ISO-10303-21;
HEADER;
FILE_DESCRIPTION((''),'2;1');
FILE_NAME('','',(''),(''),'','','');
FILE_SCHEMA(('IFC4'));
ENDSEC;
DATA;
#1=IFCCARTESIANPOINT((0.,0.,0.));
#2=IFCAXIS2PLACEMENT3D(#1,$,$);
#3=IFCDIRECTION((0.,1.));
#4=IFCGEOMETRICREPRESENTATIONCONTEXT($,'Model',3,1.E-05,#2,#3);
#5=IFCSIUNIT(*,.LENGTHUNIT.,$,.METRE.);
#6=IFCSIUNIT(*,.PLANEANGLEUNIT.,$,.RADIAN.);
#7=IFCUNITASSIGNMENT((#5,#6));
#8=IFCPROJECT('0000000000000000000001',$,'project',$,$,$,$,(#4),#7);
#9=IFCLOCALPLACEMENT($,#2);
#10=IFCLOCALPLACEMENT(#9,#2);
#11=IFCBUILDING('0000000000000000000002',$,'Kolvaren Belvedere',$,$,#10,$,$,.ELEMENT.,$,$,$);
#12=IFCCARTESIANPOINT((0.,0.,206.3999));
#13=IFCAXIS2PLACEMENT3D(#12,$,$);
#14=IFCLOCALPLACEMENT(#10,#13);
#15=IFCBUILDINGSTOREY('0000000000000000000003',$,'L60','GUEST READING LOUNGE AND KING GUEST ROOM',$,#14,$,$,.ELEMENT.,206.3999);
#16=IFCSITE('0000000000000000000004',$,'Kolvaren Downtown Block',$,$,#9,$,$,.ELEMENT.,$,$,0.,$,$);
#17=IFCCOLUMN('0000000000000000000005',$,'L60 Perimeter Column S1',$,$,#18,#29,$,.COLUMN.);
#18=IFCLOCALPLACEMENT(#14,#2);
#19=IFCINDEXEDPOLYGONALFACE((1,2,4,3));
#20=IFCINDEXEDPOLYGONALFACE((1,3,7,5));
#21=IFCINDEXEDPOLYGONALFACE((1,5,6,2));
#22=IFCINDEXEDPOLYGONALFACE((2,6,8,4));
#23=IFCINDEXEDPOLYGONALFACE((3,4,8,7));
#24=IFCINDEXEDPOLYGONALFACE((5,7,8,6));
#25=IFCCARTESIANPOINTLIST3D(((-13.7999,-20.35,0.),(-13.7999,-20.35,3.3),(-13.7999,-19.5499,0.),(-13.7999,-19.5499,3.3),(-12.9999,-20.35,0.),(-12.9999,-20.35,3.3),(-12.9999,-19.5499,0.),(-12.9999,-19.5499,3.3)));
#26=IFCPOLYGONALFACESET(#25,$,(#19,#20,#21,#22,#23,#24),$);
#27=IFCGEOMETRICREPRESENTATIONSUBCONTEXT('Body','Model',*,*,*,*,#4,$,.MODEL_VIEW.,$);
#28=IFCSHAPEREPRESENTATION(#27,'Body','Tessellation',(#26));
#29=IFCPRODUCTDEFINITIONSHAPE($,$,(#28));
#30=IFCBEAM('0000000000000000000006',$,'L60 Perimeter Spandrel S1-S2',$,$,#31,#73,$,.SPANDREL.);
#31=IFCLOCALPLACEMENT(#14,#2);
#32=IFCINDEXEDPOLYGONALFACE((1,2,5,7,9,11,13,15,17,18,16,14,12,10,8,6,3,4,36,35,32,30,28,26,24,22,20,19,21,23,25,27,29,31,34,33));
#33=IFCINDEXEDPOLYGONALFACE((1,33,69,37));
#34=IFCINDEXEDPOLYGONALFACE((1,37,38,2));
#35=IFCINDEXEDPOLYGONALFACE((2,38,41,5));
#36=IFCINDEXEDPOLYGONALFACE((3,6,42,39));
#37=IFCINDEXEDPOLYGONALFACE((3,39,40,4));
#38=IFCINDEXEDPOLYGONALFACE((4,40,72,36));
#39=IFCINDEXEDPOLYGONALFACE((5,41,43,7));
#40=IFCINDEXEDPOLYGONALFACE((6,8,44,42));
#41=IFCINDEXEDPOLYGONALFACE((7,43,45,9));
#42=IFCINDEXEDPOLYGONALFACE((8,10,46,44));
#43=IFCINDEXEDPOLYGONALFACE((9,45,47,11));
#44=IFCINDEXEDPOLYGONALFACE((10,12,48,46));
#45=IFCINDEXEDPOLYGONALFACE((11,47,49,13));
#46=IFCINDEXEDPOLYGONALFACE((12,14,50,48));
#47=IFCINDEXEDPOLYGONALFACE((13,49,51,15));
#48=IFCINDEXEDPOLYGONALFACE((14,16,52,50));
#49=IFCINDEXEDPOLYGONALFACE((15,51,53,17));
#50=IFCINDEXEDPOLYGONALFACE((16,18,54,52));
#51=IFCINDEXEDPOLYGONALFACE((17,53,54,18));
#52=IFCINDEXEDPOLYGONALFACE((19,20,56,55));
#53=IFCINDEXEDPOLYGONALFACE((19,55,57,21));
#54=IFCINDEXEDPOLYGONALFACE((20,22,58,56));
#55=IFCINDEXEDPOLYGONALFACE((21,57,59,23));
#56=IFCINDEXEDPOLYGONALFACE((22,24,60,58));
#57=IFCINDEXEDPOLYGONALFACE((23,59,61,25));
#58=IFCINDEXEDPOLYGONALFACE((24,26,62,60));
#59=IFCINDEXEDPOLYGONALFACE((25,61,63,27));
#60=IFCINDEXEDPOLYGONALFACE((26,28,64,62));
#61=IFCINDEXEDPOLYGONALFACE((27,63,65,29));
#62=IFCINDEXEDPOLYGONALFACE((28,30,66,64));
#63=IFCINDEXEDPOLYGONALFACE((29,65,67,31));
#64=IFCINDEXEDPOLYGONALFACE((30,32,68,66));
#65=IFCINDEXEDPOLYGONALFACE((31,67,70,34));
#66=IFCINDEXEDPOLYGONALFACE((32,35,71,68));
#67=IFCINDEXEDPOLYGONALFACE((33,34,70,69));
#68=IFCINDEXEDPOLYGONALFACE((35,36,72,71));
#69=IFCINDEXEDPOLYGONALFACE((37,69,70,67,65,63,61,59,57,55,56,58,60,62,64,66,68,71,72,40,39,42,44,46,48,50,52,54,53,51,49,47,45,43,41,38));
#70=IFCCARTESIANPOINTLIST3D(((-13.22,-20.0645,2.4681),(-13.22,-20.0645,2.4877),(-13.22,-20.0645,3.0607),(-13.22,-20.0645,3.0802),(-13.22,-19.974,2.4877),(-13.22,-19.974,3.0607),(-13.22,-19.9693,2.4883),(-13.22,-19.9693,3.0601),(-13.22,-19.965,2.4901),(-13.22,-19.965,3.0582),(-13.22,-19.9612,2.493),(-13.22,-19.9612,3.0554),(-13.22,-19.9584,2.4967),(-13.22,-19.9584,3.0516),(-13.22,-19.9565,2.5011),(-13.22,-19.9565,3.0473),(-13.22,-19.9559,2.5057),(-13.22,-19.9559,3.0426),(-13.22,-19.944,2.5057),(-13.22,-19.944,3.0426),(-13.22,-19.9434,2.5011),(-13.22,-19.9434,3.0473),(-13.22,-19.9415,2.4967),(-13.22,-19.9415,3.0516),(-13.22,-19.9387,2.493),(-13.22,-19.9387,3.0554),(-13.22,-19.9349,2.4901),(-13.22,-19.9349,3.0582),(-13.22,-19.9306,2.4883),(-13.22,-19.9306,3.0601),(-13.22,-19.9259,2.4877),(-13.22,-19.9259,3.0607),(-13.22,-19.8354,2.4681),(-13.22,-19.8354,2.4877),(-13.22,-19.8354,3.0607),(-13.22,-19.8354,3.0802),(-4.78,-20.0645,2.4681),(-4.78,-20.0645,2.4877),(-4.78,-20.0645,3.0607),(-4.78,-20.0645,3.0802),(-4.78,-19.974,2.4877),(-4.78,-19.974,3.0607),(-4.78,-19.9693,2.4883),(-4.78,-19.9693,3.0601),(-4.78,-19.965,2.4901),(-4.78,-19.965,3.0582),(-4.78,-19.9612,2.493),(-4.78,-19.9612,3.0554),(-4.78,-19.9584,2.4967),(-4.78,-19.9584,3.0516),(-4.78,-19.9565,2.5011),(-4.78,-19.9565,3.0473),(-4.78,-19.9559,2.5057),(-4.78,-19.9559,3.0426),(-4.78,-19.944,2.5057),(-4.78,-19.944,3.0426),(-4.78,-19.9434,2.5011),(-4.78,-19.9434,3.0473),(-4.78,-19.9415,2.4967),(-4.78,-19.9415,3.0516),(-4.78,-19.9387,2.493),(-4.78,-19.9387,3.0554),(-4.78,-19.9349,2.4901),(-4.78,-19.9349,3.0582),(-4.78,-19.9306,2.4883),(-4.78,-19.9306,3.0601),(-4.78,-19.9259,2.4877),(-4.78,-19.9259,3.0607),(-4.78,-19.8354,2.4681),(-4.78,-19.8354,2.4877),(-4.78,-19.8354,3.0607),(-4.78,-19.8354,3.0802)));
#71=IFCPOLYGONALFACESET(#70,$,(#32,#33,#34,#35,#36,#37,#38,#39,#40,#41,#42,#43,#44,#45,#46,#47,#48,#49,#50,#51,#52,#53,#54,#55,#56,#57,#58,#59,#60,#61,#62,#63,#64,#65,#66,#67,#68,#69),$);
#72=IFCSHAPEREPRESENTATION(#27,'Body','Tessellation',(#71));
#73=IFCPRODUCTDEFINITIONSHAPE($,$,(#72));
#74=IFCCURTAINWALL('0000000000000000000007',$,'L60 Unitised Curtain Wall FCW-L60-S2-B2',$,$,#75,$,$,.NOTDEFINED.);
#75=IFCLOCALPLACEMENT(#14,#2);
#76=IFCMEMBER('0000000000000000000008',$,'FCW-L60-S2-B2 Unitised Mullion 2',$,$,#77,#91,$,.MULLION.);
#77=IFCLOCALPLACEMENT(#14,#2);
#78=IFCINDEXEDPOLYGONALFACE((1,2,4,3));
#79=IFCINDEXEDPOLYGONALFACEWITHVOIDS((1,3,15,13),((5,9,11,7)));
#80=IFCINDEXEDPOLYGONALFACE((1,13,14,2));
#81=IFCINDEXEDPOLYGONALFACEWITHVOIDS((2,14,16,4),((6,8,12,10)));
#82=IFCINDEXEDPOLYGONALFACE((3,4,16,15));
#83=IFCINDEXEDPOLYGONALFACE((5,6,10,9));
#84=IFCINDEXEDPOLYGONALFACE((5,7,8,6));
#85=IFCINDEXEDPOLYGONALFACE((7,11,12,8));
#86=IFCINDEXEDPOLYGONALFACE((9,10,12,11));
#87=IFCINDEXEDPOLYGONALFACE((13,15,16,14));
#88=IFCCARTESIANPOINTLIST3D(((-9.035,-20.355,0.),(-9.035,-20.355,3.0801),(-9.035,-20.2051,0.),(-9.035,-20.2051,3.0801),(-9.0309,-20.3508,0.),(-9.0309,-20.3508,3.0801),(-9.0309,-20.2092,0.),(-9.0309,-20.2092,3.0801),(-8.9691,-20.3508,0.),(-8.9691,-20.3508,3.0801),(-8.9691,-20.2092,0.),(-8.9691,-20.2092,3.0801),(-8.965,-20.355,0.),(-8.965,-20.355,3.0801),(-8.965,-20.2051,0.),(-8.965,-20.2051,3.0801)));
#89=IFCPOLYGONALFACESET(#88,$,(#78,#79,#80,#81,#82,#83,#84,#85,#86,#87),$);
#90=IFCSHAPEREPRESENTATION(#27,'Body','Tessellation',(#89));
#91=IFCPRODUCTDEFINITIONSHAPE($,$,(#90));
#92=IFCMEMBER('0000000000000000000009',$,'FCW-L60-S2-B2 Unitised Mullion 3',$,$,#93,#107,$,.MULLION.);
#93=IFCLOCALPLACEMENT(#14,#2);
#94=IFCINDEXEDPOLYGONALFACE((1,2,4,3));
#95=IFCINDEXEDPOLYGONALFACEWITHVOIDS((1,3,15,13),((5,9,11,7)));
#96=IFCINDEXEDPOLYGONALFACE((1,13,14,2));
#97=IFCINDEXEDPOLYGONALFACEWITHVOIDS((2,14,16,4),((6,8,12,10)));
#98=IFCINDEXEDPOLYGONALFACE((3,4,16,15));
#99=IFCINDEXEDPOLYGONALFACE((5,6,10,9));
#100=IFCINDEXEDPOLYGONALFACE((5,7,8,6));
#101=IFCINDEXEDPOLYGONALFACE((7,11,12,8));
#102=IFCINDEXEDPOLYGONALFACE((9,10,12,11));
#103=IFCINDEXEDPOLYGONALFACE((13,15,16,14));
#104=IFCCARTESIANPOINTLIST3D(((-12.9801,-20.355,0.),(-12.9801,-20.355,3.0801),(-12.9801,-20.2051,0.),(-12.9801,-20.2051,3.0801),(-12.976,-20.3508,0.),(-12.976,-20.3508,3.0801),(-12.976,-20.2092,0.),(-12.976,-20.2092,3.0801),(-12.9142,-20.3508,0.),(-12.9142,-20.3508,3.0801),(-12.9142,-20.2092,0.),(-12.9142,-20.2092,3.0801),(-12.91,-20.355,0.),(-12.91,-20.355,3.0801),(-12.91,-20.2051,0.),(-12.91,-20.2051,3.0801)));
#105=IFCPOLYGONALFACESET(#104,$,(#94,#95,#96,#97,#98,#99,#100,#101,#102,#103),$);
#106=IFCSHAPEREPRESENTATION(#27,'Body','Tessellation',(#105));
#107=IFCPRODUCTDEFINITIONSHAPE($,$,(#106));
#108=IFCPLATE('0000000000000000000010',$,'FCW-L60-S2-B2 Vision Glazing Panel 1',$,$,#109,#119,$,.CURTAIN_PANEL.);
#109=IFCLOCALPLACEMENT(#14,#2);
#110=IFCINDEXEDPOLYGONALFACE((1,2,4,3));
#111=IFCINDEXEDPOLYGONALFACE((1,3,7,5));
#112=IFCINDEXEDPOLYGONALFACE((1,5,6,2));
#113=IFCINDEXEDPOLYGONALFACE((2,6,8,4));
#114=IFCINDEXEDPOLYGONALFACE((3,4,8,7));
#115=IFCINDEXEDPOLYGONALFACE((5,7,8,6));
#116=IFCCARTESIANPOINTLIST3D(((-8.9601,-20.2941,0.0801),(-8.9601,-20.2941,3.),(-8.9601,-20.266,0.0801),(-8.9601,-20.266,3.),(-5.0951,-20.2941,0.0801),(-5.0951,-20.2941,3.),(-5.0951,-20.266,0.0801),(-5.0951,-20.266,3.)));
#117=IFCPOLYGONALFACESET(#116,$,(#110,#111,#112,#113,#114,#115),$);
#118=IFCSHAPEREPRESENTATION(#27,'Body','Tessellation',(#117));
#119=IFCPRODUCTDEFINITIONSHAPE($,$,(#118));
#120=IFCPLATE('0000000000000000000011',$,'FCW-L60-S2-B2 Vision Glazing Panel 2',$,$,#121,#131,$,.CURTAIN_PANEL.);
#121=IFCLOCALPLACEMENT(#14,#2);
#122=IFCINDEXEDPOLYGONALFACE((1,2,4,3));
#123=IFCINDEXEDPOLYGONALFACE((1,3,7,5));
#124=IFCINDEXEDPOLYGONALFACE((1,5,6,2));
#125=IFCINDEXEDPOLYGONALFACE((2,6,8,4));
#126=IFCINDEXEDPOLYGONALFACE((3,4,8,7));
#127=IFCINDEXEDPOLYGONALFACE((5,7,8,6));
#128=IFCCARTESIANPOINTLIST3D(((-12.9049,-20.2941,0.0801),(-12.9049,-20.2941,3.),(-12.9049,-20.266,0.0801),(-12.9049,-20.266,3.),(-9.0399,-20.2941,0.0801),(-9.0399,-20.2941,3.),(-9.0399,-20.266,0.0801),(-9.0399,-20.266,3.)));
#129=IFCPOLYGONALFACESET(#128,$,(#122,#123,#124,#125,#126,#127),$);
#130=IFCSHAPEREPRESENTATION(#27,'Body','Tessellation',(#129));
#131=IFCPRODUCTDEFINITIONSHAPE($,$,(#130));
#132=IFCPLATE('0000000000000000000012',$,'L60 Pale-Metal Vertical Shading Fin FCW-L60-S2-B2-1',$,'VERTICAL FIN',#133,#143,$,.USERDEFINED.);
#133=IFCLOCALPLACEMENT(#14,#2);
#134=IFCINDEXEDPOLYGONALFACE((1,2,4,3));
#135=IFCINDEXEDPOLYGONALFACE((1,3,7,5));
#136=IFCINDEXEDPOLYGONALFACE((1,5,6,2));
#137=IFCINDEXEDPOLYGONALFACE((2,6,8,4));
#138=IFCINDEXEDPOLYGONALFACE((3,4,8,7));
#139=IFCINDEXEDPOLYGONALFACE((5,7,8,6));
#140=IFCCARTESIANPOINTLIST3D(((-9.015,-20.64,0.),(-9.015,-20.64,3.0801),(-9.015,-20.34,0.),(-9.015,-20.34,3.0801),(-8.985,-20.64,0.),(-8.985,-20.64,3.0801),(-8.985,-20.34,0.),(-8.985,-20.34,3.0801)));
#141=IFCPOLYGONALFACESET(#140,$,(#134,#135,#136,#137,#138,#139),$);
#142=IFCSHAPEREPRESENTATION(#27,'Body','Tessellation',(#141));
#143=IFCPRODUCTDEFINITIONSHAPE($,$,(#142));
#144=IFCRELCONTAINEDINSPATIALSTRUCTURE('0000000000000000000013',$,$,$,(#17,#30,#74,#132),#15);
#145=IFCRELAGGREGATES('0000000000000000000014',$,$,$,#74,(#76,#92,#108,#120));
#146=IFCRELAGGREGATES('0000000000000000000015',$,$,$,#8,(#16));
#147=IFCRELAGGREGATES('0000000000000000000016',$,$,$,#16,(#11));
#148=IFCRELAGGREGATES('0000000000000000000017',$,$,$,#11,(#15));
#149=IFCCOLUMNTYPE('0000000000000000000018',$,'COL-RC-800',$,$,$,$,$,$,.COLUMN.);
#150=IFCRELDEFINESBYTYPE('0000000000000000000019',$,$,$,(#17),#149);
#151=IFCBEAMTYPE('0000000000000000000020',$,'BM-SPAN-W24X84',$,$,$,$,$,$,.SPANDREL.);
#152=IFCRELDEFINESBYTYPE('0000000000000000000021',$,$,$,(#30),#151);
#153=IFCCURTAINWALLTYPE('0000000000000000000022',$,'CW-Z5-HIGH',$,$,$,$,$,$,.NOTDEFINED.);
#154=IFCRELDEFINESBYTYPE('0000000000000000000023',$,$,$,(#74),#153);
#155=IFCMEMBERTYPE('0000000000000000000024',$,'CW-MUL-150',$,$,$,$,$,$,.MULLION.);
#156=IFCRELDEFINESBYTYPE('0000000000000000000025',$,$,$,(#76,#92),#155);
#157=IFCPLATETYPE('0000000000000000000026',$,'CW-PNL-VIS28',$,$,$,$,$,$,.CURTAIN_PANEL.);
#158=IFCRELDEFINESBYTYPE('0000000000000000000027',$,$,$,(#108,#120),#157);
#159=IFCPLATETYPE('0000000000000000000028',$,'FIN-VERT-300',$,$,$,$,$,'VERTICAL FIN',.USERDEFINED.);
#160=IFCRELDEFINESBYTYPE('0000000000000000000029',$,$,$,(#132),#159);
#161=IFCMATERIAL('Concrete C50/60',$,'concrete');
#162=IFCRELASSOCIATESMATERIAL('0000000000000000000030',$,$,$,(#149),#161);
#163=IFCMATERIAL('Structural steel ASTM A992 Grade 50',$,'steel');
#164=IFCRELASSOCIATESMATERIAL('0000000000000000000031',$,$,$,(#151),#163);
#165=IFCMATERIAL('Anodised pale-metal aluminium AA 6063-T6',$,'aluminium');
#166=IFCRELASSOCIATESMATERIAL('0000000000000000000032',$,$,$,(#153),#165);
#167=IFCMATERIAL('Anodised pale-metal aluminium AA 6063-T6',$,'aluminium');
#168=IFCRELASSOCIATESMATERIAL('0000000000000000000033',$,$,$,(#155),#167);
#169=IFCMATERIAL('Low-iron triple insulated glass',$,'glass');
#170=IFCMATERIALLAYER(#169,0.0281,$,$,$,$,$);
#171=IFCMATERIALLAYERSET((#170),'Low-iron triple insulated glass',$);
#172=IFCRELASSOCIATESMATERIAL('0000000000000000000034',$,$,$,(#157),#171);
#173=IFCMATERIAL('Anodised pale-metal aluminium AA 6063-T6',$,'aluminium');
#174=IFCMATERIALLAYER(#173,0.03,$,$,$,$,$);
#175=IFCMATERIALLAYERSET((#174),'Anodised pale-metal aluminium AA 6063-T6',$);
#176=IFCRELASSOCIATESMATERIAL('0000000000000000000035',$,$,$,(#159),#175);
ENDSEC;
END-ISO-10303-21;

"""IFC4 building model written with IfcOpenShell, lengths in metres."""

from ifc_helpers import new_model, si_unit, direction, frame, origin, origin_2d, place, context, subcontext, project, spatial, rectangle, hollow_rectangle, i_section, extrude, material, layer, layer_set, material_profile, profile_set, type_object, element, aggregate, save


model = new_model("IFC4")

# Units and contexts
model_context = context("Model", 3, precision=1e-05, world=origin(), true_north=direction((0.0, 1.0)))
body_context = subcontext(model_context, "Body", "Model", "MODEL_VIEW")
ifc_project = project(units=[si_unit("LENGTHUNIT", "METRE"), si_unit("PLANEANGLEUNIT", "RADIAN")], contexts=[model_context])

# Site, building, storey
site_placement = place(None, origin())
site = spatial("IfcSite", under=ifc_project, at=site_placement, Name="Kolvaren Downtown Block", CompositionType="ELEMENT", RefElevation=0.0)
building_placement = place(site_placement, origin())
building = spatial("IfcBuilding", under=site, at=building_placement, Name="Kolvaren Belvedere", CompositionType="ELEMENT")
storey_placement = place(building_placement, frame((0.0, 0.0, 206.3999)))
storey = spatial("IfcBuildingStorey", under=building, at=storey_placement, Name="L60", Description="GUEST READING LOUNGE AND KING GUEST ROOM", CompositionType="ELEMENT", Elevation=206.3999)

# Column
ifc_material_1 = material(Name="Concrete C50/60", Category="concrete")
ifc_material_profile_1 = material_profile(ifc_material_1, rectangle(XDim=0.8, YDim=0.8, at=origin_2d()), Name="RC 800X800")
ifc_profile_set_1 = profile_set([ifc_material_profile_1], Name="Concrete C50/60")
column_type = type_object("IfcColumnType", Name="COL-RC-800", PredefinedType="COLUMN", material=ifc_profile_set_1)
column_placement = place(storey_placement, frame((-13.3999, -19.95, 0.0), z_axis=(0.0, 0.0, 1.0), x_axis=(1.0, 0.0, 0.0)))
element("IfcColumn", 1, at=column_placement, inside=storey, type_object=column_type, Name="L60 Perimeter Column S1", PredefinedType="COLUMN", context=body_context, shape_type="SweptSolid", body=[
    extrude(rectangle(XDim=0.8, YDim=0.8, at=origin_2d()), origin(), (0.0, 0.0, 1.0), 3.3),
])

# Beam
ifc_material_2 = material(Name="Structural steel ASTM A992 Grade 50", Category="steel")
ifc_material_profile_2 = material_profile(ifc_material_2, i_section(OverallWidth=0.229, OverallDepth=0.6121, WebThickness=0.012, FlangeThickness=0.0195, FilletRadius=0.0181, at=origin_2d()), Name="W24X84")
ifc_profile_set_2 = profile_set([ifc_material_profile_2], Name="Structural steel ASTM A992 Grade 50")
beam_type = type_object("IfcBeamType", Name="BM-SPAN-W24X84", PredefinedType="SPANDREL", material=ifc_profile_set_2)
beam_placement = place(storey_placement, frame((-13.22, -19.95, 2.7742), z_axis=(1.0, 0.0, 0.0), x_axis=(0.0, 1.0, 0.0)))
element("IfcBeam", 2, at=beam_placement, inside=storey, type_object=beam_type, Name="L60 Perimeter Spandrel S1-S2", PredefinedType="SPANDREL", context=body_context, shape_type="SweptSolid", body=[
    extrude(i_section(OverallWidth=0.229, OverallDepth=0.6121, WebThickness=0.012, FlangeThickness=0.0195, FilletRadius=0.0181, at=origin_2d()), origin(), (0.0, 0.0, 1.0), 8.4399),
])

# Curtain wall, members, plates
ifc_material_3 = material(Name="Anodised pale-metal aluminium AA 6063-T6", Category="aluminium")
curtain_wall_type = type_object("IfcCurtainWallType", Name="CW-Z5-HIGH", PredefinedType="NOTDEFINED", material=ifc_material_3)
curtain_wall_placement = place(storey_placement, origin())
curtain_wall = element("IfcCurtainWall", 3, at=curtain_wall_placement, inside=storey, type_object=curtain_wall_type, Name="L60 Unitised Curtain Wall FCW-L60-S2-B2", PredefinedType="NOTDEFINED")
ifc_material_4 = material(Name="Anodised pale-metal aluminium AA 6063-T6", Category="aluminium")
ifc_material_profile_3 = material_profile(ifc_material_4, hollow_rectangle(XDim=0.0701, YDim=0.1499, WallThickness=0.0042, at=origin_2d()), Name="ALU-MUL-150X70")
ifc_profile_set_3 = profile_set([ifc_material_profile_3], Name="Anodised pale-metal aluminium AA 6063-T6")
member_type = type_object("IfcMemberType", Name="CW-MUL-150", PredefinedType="MULLION", material=ifc_profile_set_3)
member_1_placement = place(storey_placement, frame((-9.0, -20.28, 0.0), z_axis=(0.0, 0.0, 1.0), x_axis=(1.0, 0.0, 0.0)))
member_1 = element("IfcMember", 4, at=member_1_placement, type_object=member_type, Name="FCW-L60-S2-B2 Unitised Mullion 2", PredefinedType="MULLION", context=body_context, shape_type="SweptSolid", body=[
    extrude(hollow_rectangle(XDim=0.0701, YDim=0.1499, WallThickness=0.0042, at=origin_2d()), origin(), (0.0, 0.0, 1.0), 3.0801),
])
member_2_placement = place(storey_placement, frame((-12.9451, -20.28, 0.0), z_axis=(0.0, 0.0, 1.0), x_axis=(1.0, 0.0, 0.0)))
member_2 = element("IfcMember", 5, at=member_2_placement, type_object=member_type, Name="FCW-L60-S2-B2 Unitised Mullion 3", PredefinedType="MULLION", context=body_context, shape_type="SweptSolid", body=[
    extrude(hollow_rectangle(XDim=0.0701, YDim=0.1499, WallThickness=0.0042, at=origin_2d()), origin(), (0.0, 0.0, 1.0), 3.0801),
])
ifc_material_5 = material(Name="Low-iron triple insulated glass", Category="glass")
ifc_layer_1 = layer(ifc_material_5, 0.0281)
ifc_layer_set_1 = layer_set([ifc_layer_1], Name="Low-iron triple insulated glass")
plate_type_1 = type_object("IfcPlateType", Name="CW-PNL-VIS28", PredefinedType="CURTAIN_PANEL", material=ifc_layer_set_1)
plate_1_placement = place(storey_placement, frame((-7.0276, -20.28, 0.0801), z_axis=(0.0, 0.0, 1.0), x_axis=(-1.0, 0.0, 0.0)))
plate_1 = element("IfcPlate", 6, at=plate_1_placement, type_object=plate_type_1, Name="FCW-L60-S2-B2 Vision Glazing Panel 1", PredefinedType="CURTAIN_PANEL", context=body_context, shape_type="SweptSolid", body=[
    extrude(rectangle(XDim=3.865, YDim=0.0281, at=origin_2d()), origin(), (0.0, 0.0, 1.0), 2.9199),
])
plate_2_placement = place(storey_placement, frame((-10.9724, -20.28, 0.0801), z_axis=(0.0, 0.0, 1.0), x_axis=(-1.0, 0.0, 0.0)))
plate_2 = element("IfcPlate", 7, at=plate_2_placement, type_object=plate_type_1, Name="FCW-L60-S2-B2 Vision Glazing Panel 2", PredefinedType="CURTAIN_PANEL", context=body_context, shape_type="SweptSolid", body=[
    extrude(rectangle(XDim=3.865, YDim=0.0281, at=origin_2d()), origin(), (0.0, 0.0, 1.0), 2.9199),
])
aggregate(curtain_wall, [member_1, member_2, plate_1, plate_2])

# Plate
ifc_material_6 = material(Name="Anodised pale-metal aluminium AA 6063-T6", Category="aluminium")
ifc_layer_2 = layer(ifc_material_6, 0.03)
ifc_layer_set_2 = layer_set([ifc_layer_2], Name="Anodised pale-metal aluminium AA 6063-T6")
plate_type_2 = type_object("IfcPlateType", Name="FIN-VERT-300", ElementType="VERTICAL FIN", PredefinedType="USERDEFINED", material=ifc_layer_set_2)
plate_3_placement = place(storey_placement, frame((-9.0, -20.49, 0.0), z_axis=(0.0, 0.0, 1.0), x_axis=(0.0, 1.0, 0.0)))
element("IfcPlate", 8, at=plate_3_placement, inside=storey, type_object=plate_type_2, Name="L60 Pale-Metal Vertical Shading Fin FCW-L60-S2-B2-1", ObjectType="VERTICAL FIN", PredefinedType="USERDEFINED", context=body_context, shape_type="SweptSolid", body=[
    extrude(rectangle(XDim=0.3, YDim=0.03, at=origin_2d()), origin(), (0.0, 0.0, 1.0), 3.0801),
])

save(model, "model.ifc")
